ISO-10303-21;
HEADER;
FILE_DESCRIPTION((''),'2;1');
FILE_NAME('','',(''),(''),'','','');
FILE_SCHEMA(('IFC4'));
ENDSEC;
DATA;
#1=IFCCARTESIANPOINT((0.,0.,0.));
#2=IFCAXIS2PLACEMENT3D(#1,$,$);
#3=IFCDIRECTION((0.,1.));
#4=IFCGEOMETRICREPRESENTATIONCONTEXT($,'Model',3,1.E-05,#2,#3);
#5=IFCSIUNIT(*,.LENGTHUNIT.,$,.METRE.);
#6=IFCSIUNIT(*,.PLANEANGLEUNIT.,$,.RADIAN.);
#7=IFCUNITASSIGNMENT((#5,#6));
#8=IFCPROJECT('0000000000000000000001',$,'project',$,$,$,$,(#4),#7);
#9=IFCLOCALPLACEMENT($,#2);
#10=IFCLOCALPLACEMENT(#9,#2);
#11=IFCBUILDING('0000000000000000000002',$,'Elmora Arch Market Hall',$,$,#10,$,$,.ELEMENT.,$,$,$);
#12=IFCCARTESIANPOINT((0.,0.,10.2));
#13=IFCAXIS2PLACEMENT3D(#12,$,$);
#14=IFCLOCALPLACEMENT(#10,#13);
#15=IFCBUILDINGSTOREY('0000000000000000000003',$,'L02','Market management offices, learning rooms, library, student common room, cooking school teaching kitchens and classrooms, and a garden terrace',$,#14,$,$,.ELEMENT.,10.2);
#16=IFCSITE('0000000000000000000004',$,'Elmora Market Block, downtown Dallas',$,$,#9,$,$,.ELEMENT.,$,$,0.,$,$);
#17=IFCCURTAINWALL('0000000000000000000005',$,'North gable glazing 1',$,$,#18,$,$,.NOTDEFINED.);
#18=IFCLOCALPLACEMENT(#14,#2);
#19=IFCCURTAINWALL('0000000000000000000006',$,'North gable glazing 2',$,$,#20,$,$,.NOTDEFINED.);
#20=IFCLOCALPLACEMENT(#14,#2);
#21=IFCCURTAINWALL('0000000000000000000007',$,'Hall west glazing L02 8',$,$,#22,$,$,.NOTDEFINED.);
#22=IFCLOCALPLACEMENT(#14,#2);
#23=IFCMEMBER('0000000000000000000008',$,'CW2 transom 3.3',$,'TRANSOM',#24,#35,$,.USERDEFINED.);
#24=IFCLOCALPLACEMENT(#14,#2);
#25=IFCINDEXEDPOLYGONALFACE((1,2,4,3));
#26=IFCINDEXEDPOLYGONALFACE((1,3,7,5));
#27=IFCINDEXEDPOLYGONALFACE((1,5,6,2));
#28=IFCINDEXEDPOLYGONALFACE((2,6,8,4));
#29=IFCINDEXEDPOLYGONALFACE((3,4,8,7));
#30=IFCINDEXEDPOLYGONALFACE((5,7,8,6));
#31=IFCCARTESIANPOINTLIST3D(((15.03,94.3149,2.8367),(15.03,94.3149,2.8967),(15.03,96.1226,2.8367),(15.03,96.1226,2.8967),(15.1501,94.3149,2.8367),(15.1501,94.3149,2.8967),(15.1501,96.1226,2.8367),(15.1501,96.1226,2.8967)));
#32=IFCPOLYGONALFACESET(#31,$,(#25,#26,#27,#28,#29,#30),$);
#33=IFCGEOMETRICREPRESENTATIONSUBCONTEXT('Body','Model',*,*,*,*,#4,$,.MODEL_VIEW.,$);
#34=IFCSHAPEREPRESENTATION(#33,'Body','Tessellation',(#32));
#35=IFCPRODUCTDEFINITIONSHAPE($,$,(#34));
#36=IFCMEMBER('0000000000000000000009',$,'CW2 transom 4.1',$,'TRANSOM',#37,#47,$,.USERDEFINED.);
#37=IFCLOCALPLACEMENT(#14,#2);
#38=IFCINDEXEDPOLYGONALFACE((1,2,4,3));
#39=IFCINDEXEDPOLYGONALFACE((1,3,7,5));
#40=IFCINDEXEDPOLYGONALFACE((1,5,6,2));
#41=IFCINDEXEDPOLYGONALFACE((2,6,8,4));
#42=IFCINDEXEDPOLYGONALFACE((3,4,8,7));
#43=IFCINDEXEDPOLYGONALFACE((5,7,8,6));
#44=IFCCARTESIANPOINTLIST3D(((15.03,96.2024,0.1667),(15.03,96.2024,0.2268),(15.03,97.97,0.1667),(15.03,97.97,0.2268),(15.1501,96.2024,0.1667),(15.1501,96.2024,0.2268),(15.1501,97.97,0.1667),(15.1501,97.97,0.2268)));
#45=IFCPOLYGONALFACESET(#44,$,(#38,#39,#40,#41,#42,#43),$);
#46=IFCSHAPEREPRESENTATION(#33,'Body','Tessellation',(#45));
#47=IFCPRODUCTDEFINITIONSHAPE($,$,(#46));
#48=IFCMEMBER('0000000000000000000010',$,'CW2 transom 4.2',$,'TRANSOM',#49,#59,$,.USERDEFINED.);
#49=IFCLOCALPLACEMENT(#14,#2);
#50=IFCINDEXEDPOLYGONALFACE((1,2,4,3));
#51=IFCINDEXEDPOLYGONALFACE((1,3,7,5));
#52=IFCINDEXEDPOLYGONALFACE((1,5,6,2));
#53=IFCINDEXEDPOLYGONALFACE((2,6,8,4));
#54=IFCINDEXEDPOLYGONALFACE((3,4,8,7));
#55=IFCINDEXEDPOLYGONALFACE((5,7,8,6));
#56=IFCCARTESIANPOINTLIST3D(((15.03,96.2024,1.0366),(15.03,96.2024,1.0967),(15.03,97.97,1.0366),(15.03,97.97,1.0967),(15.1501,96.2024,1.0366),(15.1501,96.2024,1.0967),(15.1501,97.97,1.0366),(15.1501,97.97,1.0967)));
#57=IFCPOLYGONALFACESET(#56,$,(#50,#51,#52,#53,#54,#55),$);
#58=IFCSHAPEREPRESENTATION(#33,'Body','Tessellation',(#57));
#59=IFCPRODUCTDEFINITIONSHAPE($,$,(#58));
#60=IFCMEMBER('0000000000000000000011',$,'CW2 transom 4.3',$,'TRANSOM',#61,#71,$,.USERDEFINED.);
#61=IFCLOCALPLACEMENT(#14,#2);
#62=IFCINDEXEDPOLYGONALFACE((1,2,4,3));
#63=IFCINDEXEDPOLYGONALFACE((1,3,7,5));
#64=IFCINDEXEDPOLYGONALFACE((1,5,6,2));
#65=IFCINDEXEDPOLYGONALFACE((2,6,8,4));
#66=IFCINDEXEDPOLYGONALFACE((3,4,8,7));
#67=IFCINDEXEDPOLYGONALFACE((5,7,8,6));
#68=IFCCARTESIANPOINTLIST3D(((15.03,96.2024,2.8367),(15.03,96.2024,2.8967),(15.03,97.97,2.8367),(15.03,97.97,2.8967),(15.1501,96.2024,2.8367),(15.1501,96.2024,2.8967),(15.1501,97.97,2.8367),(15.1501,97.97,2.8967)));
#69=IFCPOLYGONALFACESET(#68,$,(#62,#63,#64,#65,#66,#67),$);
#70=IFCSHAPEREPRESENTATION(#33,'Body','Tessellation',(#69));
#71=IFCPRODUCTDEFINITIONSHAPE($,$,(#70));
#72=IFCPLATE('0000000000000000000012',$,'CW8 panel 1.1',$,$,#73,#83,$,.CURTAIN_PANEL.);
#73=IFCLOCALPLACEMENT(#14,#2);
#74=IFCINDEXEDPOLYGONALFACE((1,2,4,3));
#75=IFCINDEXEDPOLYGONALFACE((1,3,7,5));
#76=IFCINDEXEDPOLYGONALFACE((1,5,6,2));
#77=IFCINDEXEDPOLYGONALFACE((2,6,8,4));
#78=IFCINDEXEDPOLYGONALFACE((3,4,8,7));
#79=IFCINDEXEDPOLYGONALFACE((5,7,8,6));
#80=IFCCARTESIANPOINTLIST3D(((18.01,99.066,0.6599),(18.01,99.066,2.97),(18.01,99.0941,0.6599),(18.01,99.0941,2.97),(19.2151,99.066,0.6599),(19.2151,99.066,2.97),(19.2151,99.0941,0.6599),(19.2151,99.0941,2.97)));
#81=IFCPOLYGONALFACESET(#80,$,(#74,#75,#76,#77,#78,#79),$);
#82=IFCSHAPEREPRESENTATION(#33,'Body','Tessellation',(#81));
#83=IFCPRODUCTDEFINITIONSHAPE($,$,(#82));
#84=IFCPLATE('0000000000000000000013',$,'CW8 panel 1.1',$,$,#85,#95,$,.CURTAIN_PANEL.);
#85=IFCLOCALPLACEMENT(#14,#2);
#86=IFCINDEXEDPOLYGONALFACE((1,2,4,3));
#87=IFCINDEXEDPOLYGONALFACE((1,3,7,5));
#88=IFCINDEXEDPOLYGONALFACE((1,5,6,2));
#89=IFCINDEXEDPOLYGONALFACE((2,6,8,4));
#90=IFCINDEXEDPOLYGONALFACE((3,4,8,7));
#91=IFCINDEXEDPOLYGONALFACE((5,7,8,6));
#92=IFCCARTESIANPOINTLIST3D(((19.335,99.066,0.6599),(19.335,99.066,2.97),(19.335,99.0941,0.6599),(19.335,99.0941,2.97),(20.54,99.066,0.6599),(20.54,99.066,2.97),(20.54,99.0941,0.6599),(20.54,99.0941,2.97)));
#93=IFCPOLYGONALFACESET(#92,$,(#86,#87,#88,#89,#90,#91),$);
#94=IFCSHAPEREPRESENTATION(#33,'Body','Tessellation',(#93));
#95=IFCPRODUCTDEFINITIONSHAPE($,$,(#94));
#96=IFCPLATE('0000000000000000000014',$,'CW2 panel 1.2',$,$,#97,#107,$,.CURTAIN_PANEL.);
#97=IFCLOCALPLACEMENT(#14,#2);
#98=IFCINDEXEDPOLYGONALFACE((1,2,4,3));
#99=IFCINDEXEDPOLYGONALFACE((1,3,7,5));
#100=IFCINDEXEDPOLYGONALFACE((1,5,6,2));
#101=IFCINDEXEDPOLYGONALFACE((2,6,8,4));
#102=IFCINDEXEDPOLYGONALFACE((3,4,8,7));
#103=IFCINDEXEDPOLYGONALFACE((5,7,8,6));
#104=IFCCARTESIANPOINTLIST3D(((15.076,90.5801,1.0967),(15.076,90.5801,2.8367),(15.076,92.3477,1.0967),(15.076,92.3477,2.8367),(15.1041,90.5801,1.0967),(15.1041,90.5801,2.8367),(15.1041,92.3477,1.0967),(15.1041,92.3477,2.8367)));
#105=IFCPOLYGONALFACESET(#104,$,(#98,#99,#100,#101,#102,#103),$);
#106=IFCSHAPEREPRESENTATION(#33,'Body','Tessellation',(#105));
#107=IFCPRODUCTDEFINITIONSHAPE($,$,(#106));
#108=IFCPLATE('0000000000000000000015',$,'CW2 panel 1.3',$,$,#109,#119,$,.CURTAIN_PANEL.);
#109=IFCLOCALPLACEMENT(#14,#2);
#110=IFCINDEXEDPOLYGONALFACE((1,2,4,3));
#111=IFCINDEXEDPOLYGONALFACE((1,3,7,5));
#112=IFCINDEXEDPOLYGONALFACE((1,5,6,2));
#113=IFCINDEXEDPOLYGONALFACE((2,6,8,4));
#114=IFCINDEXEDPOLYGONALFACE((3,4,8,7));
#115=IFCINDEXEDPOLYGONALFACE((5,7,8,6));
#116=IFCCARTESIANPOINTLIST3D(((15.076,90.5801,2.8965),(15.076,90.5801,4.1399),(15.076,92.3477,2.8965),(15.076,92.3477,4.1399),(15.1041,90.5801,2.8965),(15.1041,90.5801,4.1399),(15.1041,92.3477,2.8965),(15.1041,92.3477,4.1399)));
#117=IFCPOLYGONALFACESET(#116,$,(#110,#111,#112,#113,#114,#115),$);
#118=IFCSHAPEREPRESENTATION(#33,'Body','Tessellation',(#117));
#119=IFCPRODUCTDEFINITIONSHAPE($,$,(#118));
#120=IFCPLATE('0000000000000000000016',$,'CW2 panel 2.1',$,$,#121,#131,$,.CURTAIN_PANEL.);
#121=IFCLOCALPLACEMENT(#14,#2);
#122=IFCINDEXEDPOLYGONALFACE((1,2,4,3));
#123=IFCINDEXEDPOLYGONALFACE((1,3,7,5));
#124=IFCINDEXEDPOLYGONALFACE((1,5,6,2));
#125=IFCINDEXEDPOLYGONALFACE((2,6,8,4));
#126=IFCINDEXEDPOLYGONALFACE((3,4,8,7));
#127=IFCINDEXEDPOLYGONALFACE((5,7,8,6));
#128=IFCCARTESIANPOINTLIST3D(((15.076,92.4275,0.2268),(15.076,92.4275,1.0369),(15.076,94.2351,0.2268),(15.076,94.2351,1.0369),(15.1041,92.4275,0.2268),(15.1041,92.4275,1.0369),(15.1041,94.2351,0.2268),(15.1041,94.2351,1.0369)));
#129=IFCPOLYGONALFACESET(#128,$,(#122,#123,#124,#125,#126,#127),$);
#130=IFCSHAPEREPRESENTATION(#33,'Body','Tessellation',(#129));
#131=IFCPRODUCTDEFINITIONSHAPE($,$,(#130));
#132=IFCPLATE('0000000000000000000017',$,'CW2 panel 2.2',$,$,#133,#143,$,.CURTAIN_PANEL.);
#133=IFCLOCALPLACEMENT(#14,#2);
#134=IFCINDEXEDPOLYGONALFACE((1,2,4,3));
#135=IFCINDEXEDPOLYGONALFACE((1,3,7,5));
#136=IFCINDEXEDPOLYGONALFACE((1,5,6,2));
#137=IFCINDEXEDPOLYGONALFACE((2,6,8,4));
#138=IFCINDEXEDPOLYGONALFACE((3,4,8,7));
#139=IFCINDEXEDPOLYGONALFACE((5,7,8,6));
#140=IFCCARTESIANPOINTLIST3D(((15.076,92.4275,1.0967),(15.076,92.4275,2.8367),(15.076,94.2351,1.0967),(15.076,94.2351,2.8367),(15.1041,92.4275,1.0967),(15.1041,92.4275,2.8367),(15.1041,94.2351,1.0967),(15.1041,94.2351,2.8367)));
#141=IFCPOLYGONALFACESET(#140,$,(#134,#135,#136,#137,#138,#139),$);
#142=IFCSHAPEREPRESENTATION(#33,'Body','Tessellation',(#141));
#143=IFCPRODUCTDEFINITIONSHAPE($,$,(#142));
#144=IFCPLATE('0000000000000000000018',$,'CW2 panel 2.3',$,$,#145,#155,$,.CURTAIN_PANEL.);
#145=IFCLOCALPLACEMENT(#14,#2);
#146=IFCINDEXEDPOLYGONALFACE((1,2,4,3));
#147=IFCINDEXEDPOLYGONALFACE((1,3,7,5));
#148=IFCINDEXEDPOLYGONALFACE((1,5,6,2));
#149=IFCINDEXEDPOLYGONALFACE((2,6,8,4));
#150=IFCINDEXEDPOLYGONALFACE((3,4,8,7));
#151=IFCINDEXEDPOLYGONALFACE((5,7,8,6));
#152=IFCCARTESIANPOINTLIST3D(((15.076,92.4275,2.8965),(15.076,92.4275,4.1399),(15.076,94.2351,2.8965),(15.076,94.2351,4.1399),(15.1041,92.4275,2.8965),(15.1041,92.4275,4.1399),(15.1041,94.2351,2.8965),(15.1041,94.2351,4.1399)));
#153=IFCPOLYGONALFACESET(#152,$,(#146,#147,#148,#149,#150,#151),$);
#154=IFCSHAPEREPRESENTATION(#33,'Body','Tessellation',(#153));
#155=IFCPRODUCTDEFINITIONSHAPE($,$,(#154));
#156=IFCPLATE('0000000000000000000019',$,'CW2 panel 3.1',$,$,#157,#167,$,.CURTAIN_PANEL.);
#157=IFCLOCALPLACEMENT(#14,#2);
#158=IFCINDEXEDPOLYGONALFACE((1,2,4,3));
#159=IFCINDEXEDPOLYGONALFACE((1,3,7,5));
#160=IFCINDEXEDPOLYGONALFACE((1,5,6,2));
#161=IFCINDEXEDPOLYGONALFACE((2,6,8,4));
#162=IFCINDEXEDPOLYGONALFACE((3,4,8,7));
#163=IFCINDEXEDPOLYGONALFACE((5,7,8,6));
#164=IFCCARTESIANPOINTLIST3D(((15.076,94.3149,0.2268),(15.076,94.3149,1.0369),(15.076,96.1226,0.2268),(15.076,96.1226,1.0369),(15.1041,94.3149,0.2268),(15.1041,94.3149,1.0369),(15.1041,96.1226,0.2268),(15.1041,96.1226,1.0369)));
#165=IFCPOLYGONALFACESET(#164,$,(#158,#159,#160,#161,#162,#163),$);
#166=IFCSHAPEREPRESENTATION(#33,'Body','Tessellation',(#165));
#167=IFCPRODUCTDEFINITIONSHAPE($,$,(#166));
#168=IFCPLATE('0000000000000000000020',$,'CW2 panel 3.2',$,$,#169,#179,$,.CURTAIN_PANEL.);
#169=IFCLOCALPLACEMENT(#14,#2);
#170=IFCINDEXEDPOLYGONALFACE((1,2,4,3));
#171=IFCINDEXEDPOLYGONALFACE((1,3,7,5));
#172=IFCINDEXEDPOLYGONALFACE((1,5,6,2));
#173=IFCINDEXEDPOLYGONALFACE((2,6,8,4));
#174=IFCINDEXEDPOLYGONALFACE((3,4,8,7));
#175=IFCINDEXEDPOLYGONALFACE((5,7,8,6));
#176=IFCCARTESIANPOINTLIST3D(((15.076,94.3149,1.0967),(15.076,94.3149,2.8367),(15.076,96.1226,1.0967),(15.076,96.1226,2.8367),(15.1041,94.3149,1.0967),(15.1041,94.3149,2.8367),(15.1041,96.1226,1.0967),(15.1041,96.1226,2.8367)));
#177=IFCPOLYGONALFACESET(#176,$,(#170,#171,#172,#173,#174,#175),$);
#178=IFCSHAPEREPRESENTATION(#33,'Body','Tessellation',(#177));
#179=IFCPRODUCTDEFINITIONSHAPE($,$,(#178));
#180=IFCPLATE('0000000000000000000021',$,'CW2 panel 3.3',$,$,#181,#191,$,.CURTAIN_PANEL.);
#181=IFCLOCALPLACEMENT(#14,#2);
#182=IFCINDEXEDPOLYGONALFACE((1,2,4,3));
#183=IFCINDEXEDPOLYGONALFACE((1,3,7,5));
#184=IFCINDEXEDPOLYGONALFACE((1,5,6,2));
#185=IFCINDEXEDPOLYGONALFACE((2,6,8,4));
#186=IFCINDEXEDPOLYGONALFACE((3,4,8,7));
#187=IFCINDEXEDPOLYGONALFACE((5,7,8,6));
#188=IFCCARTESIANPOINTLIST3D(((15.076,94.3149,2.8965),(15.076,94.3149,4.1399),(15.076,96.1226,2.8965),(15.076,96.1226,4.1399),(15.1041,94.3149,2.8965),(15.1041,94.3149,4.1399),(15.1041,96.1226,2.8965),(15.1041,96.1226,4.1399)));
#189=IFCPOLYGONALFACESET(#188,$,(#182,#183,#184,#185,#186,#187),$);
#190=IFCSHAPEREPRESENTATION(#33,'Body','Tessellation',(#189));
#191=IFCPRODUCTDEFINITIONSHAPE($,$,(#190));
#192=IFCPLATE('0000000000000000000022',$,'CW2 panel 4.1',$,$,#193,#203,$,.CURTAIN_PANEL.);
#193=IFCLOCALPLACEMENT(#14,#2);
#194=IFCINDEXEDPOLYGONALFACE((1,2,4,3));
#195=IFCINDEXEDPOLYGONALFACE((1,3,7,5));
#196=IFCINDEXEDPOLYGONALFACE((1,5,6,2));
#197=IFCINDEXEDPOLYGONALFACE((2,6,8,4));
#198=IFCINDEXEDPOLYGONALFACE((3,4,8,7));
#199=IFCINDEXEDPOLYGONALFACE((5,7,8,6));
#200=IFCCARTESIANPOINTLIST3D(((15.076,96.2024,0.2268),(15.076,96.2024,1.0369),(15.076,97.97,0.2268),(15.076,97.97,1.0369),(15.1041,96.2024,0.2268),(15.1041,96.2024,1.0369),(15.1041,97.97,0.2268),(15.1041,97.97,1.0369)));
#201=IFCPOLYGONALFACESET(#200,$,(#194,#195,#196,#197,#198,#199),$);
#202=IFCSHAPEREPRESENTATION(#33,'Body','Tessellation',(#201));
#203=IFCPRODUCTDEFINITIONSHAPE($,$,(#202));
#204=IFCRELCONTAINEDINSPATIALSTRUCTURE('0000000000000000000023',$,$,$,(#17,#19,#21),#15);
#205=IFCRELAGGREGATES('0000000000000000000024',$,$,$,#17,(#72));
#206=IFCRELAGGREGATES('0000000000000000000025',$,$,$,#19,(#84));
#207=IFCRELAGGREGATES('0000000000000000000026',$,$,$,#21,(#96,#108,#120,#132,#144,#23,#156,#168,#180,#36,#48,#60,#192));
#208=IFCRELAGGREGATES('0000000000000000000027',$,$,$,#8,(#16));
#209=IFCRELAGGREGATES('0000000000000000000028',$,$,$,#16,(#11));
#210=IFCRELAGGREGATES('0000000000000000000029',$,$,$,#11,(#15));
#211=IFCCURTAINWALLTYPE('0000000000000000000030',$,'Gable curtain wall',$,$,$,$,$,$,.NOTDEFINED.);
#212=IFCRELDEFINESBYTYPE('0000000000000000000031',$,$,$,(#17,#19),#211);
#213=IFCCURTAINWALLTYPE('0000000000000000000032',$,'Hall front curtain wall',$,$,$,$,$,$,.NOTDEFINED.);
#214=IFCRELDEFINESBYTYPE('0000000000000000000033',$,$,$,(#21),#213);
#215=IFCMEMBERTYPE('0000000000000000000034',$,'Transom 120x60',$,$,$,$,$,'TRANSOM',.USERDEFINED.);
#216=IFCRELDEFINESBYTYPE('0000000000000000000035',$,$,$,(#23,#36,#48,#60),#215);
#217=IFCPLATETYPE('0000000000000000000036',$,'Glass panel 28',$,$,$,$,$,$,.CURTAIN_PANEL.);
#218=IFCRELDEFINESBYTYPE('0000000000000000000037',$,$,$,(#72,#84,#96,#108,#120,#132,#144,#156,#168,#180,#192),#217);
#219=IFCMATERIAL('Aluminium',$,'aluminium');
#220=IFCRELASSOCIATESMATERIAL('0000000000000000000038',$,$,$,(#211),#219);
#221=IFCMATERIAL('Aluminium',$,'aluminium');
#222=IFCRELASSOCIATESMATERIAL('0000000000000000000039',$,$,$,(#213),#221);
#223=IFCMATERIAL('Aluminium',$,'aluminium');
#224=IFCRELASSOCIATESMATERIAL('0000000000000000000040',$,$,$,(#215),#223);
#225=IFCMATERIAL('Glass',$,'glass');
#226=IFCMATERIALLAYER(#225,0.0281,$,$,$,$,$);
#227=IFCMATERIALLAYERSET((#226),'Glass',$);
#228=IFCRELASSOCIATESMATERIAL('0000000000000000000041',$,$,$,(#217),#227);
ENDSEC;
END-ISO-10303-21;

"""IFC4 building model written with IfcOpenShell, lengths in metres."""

from ifc_helpers import new_model, si_unit, direction, frame, origin, origin_2d, place, context, subcontext, project, spatial, rectangle, extrude, material, layer, layer_set, material_profile, profile_set, type_object, element, aggregate, save


model = new_model("IFC4")

# Units and contexts
model_context = context("Model", 3, precision=1e-05, world=origin(), true_north=direction((0.0, 1.0)))
body_context = subcontext(model_context, "Body", "Model", "MODEL_VIEW")
ifc_project = project(units=[si_unit("LENGTHUNIT", "METRE"), si_unit("PLANEANGLEUNIT", "RADIAN")], contexts=[model_context])

# Site, building, storey
site_placement = place(None, origin())
site = spatial("IfcSite", under=ifc_project, at=site_placement, Name="Elmora Market Block, downtown Dallas", CompositionType="ELEMENT", RefElevation=0.0)
building_placement = place(site_placement, origin())
building = spatial("IfcBuilding", under=site, at=building_placement, Name="Elmora Arch Market Hall", CompositionType="ELEMENT")
storey_placement = place(building_placement, frame((0.0, 0.0, 10.2)))
storey = spatial("IfcBuildingStorey", under=building, at=storey_placement, Name="L02", Description="Market management offices, learning rooms, library, student common room, cooking school teaching kitchens and classrooms, and a garden terrace", CompositionType="ELEMENT", Elevation=10.2)

# Curtain wall
ifc_material_1 = material(Name="Aluminium", Category="aluminium")
curtain_wall_type_1 = type_object("IfcCurtainWallType", Name="Gable curtain wall", PredefinedType="NOTDEFINED", material=ifc_material_1)
curtain_wall_1_placement = place(storey_placement, origin())
curtain_wall_1 = element("IfcCurtainWall", 1, at=curtain_wall_1_placement, inside=storey, type_object=curtain_wall_type_1, Name="North gable glazing 1", PredefinedType="NOTDEFINED")

# Curtain wall
curtain_wall_2_placement = place(storey_placement, origin())
curtain_wall_2 = element("IfcCurtainWall", 2, at=curtain_wall_2_placement, inside=storey, type_object=curtain_wall_type_1, Name="North gable glazing 2", PredefinedType="NOTDEFINED")

# Curtain wall
ifc_material_2 = material(Name="Aluminium", Category="aluminium")
curtain_wall_type_2 = type_object("IfcCurtainWallType", Name="Hall front curtain wall", PredefinedType="NOTDEFINED", material=ifc_material_2)
curtain_wall_3_placement = place(storey_placement, origin())
curtain_wall_3 = element("IfcCurtainWall", 3, at=curtain_wall_3_placement, inside=storey, type_object=curtain_wall_type_2, Name="Hall west glazing L02 8", PredefinedType="NOTDEFINED")

# Members
ifc_material_3 = material(Name="Aluminium", Category="aluminium")
ifc_material_profile_1 = material_profile(ifc_material_3, rectangle(XDim=0.1201, YDim=0.0601, at=origin_2d()), Name="AL 120x60")
ifc_profile_set_1 = profile_set([ifc_material_profile_1], Name="Aluminium")
member_type_1 = type_object("IfcMemberType", Name="Transom 120x60", ElementType="TRANSOM", PredefinedType="USERDEFINED", material=ifc_profile_set_1)
member_1_placement = place(storey_placement, frame((15.0901, 94.3149, 2.8667), z_axis=(0.0, 1.0, 0.0), x_axis=(-1.0, 0.0, 0.0)))
member_1 = element("IfcMember", 4, at=member_1_placement, type_object=member_type_1, Name="CW2 transom 3.3", ObjectType="TRANSOM", PredefinedType="USERDEFINED", context=body_context, shape_type="SweptSolid", body=[
    extrude(rectangle(XDim=0.1201, YDim=0.0601, at=origin_2d()), origin(), (0.0, 0.0, 1.0), 1.8076),
])
member_2_placement = place(storey_placement, frame((15.0901, 96.2024, 0.1968), z_axis=(0.0, 1.0, 0.0), x_axis=(-1.0, 0.0, 0.0)))
member_2 = element("IfcMember", 5, at=member_2_placement, type_object=member_type_1, Name="CW2 transom 4.1", ObjectType="TRANSOM", PredefinedType="USERDEFINED", context=body_context, shape_type="SweptSolid", body=[
    extrude(rectangle(XDim=0.1201, YDim=0.0601, at=origin_2d()), origin(), (0.0, 0.0, 1.0), 1.7676),
])
member_3_placement = place(storey_placement, frame((15.0901, 96.2024, 1.0667), z_axis=(0.0, 1.0, 0.0), x_axis=(-1.0, 0.0, 0.0)))
member_3 = element("IfcMember", 6, at=member_3_placement, type_object=member_type_1, Name="CW2 transom 4.2", ObjectType="TRANSOM", PredefinedType="USERDEFINED", context=body_context, shape_type="SweptSolid", body=[
    extrude(rectangle(XDim=0.1201, YDim=0.0601, at=origin_2d()), origin(), (0.0, 0.0, 1.0), 1.7676),
])
member_4_placement = place(storey_placement, frame((15.0901, 96.2024, 2.8667), z_axis=(0.0, 1.0, 0.0), x_axis=(-1.0, 0.0, 0.0)))
member_4 = element("IfcMember", 7, at=member_4_placement, type_object=member_type_1, Name="CW2 transom 4.3", ObjectType="TRANSOM", PredefinedType="USERDEFINED", context=body_context, shape_type="SweptSolid", body=[
    extrude(rectangle(XDim=0.1201, YDim=0.0601, at=origin_2d()), origin(), (0.0, 0.0, 1.0), 1.7676),
])

# Plates
ifc_material_4 = material(Name="Glass", Category="glass")
ifc_layer = layer(ifc_material_4, 0.0281)
ifc_layer_set = layer_set([ifc_layer], Name="Glass")
plate_type = type_object("IfcPlateType", Name="Glass panel 28", PredefinedType="CURTAIN_PANEL", material=ifc_layer_set)
plate_1_placement = place(storey_placement, frame((18.6125, 99.0801, 0.6599), z_axis=(0.0, 0.0, 1.0), x_axis=(1.0, 0.0, 0.0)))
plate_1 = element("IfcPlate", 8, at=plate_1_placement, type_object=plate_type, Name="CW8 panel 1.1", PredefinedType="CURTAIN_PANEL", context=body_context, shape_type="SweptSolid", body=[
    extrude(rectangle(XDim=1.2051, YDim=0.0281, at=origin_2d()), origin(), (0.0, 0.0, 1.0), 2.3101),
])
aggregate(curtain_wall_1, [plate_1])
plate_2_placement = place(storey_placement, frame((19.9375, 99.0801, 0.6599), z_axis=(0.0, 0.0, 1.0), x_axis=(1.0, 0.0, 0.0)))
plate_2 = element("IfcPlate", 9, at=plate_2_placement, type_object=plate_type, Name="CW8 panel 1.1", PredefinedType="CURTAIN_PANEL", context=body_context, shape_type="SweptSolid", body=[
    extrude(rectangle(XDim=1.2051, YDim=0.0281, at=origin_2d()), origin(), (0.0, 0.0, 1.0), 2.3101),
])
aggregate(curtain_wall_2, [plate_2])
plate_3_placement = place(storey_placement, frame((15.0901, 91.4639, 1.0967), z_axis=(0.0, 0.0, 1.0), x_axis=(0.0, 1.0, 0.0)))
plate_3 = element("IfcPlate", 10, at=plate_3_placement, type_object=plate_type, Name="CW2 panel 1.2", PredefinedType="CURTAIN_PANEL", context=body_context, shape_type="SweptSolid", body=[
    extrude(rectangle(XDim=1.7676, YDim=0.0281, at=origin_2d()), origin(), (0.0, 0.0, 1.0), 1.74),
])
plate_4_placement = place(storey_placement, frame((15.0901, 91.4639, 2.8965), z_axis=(0.0, 0.0, 1.0), x_axis=(0.0, 1.0, 0.0)))
plate_4 = element("IfcPlate", 11, at=plate_4_placement, type_object=plate_type, Name="CW2 panel 1.3", PredefinedType="CURTAIN_PANEL", context=body_context, shape_type="SweptSolid", body=[
    extrude(rectangle(XDim=1.7676, YDim=0.0281, at=origin_2d()), origin(), (0.0, 0.0, 1.0), 1.2434),
])
plate_5_placement = place(storey_placement, frame((15.0901, 93.3313, 0.2268), z_axis=(0.0, 0.0, 1.0), x_axis=(0.0, 1.0, 0.0)))
plate_5 = element("IfcPlate", 12, at=plate_5_placement, type_object=plate_type, Name="CW2 panel 2.1", PredefinedType="CURTAIN_PANEL", context=body_context, shape_type="SweptSolid", body=[
    extrude(rectangle(XDim=1.8076, YDim=0.0281, at=origin_2d()), origin(), (0.0, 0.0, 1.0), 0.8101),
])
plate_6_placement = place(storey_placement, frame((15.0901, 93.3313, 1.0967), z_axis=(0.0, 0.0, 1.0), x_axis=(0.0, 1.0, 0.0)))
plate_6 = element("IfcPlate", 13, at=plate_6_placement, type_object=plate_type, Name="CW2 panel 2.2", PredefinedType="CURTAIN_PANEL", context=body_context, shape_type="SweptSolid", body=[
    extrude(rectangle(XDim=1.8076, YDim=0.0281, at=origin_2d()), origin(), (0.0, 0.0, 1.0), 1.74),
])
plate_7_placement = place(storey_placement, frame((15.0901, 93.3313, 2.8965), z_axis=(0.0, 0.0, 1.0), x_axis=(0.0, 1.0, 0.0)))
plate_7 = element("IfcPlate", 14, at=plate_7_placement, type_object=plate_type, Name="CW2 panel 2.3", PredefinedType="CURTAIN_PANEL", context=body_context, shape_type="SweptSolid", body=[
    extrude(rectangle(XDim=1.8076, YDim=0.0281, at=origin_2d()), origin(), (0.0, 0.0, 1.0), 1.2434),
])
plate_8_placement = place(storey_placement, frame((15.0901, 95.2188, 0.2268), z_axis=(0.0, 0.0, 1.0), x_axis=(0.0, 1.0, 0.0)))
plate_8 = element("IfcPlate", 15, at=plate_8_placement, type_object=plate_type, Name="CW2 panel 3.1", PredefinedType="CURTAIN_PANEL", context=body_context, shape_type="SweptSolid", body=[
    extrude(rectangle(XDim=1.8076, YDim=0.0281, at=origin_2d()), origin(), (0.0, 0.0, 1.0), 0.8101),
])
plate_9_placement = place(storey_placement, frame((15.0901, 95.2188, 1.0967), z_axis=(0.0, 0.0, 1.0), x_axis=(0.0, 1.0, 0.0)))
plate_9 = element("IfcPlate", 16, at=plate_9_placement, type_object=plate_type, Name="CW2 panel 3.2", PredefinedType="CURTAIN_PANEL", context=body_context, shape_type="SweptSolid", body=[
    extrude(rectangle(XDim=1.8076, YDim=0.0281, at=origin_2d()), origin(), (0.0, 0.0, 1.0), 1.74),
])
plate_10_placement = place(storey_placement, frame((15.0901, 95.2188, 2.8965), z_axis=(0.0, 0.0, 1.0), x_axis=(0.0, 1.0, 0.0)))
plate_10 = element("IfcPlate", 17, at=plate_10_placement, type_object=plate_type, Name="CW2 panel 3.3", PredefinedType="CURTAIN_PANEL", context=body_context, shape_type="SweptSolid", body=[
    extrude(rectangle(XDim=1.8076, YDim=0.0281, at=origin_2d()), origin(), (0.0, 0.0, 1.0), 1.2434),
])
plate_11_placement = place(storey_placement, frame((15.0901, 97.0862, 0.2268), z_axis=(0.0, 0.0, 1.0), x_axis=(0.0, 1.0, 0.0)))
plate_11 = element("IfcPlate", 18, at=plate_11_placement, type_object=plate_type, Name="CW2 panel 4.1", PredefinedType="CURTAIN_PANEL", context=body_context, shape_type="SweptSolid", body=[
    extrude(rectangle(XDim=1.7676, YDim=0.0281, at=origin_2d()), origin(), (0.0, 0.0, 1.0), 0.8101),
])
aggregate(curtain_wall_3, [plate_3, plate_4, plate_5, plate_6, plate_7, member_1, plate_8, plate_9, plate_10, member_2, member_3, member_4, plate_11])

save(model, "model.ifc")
